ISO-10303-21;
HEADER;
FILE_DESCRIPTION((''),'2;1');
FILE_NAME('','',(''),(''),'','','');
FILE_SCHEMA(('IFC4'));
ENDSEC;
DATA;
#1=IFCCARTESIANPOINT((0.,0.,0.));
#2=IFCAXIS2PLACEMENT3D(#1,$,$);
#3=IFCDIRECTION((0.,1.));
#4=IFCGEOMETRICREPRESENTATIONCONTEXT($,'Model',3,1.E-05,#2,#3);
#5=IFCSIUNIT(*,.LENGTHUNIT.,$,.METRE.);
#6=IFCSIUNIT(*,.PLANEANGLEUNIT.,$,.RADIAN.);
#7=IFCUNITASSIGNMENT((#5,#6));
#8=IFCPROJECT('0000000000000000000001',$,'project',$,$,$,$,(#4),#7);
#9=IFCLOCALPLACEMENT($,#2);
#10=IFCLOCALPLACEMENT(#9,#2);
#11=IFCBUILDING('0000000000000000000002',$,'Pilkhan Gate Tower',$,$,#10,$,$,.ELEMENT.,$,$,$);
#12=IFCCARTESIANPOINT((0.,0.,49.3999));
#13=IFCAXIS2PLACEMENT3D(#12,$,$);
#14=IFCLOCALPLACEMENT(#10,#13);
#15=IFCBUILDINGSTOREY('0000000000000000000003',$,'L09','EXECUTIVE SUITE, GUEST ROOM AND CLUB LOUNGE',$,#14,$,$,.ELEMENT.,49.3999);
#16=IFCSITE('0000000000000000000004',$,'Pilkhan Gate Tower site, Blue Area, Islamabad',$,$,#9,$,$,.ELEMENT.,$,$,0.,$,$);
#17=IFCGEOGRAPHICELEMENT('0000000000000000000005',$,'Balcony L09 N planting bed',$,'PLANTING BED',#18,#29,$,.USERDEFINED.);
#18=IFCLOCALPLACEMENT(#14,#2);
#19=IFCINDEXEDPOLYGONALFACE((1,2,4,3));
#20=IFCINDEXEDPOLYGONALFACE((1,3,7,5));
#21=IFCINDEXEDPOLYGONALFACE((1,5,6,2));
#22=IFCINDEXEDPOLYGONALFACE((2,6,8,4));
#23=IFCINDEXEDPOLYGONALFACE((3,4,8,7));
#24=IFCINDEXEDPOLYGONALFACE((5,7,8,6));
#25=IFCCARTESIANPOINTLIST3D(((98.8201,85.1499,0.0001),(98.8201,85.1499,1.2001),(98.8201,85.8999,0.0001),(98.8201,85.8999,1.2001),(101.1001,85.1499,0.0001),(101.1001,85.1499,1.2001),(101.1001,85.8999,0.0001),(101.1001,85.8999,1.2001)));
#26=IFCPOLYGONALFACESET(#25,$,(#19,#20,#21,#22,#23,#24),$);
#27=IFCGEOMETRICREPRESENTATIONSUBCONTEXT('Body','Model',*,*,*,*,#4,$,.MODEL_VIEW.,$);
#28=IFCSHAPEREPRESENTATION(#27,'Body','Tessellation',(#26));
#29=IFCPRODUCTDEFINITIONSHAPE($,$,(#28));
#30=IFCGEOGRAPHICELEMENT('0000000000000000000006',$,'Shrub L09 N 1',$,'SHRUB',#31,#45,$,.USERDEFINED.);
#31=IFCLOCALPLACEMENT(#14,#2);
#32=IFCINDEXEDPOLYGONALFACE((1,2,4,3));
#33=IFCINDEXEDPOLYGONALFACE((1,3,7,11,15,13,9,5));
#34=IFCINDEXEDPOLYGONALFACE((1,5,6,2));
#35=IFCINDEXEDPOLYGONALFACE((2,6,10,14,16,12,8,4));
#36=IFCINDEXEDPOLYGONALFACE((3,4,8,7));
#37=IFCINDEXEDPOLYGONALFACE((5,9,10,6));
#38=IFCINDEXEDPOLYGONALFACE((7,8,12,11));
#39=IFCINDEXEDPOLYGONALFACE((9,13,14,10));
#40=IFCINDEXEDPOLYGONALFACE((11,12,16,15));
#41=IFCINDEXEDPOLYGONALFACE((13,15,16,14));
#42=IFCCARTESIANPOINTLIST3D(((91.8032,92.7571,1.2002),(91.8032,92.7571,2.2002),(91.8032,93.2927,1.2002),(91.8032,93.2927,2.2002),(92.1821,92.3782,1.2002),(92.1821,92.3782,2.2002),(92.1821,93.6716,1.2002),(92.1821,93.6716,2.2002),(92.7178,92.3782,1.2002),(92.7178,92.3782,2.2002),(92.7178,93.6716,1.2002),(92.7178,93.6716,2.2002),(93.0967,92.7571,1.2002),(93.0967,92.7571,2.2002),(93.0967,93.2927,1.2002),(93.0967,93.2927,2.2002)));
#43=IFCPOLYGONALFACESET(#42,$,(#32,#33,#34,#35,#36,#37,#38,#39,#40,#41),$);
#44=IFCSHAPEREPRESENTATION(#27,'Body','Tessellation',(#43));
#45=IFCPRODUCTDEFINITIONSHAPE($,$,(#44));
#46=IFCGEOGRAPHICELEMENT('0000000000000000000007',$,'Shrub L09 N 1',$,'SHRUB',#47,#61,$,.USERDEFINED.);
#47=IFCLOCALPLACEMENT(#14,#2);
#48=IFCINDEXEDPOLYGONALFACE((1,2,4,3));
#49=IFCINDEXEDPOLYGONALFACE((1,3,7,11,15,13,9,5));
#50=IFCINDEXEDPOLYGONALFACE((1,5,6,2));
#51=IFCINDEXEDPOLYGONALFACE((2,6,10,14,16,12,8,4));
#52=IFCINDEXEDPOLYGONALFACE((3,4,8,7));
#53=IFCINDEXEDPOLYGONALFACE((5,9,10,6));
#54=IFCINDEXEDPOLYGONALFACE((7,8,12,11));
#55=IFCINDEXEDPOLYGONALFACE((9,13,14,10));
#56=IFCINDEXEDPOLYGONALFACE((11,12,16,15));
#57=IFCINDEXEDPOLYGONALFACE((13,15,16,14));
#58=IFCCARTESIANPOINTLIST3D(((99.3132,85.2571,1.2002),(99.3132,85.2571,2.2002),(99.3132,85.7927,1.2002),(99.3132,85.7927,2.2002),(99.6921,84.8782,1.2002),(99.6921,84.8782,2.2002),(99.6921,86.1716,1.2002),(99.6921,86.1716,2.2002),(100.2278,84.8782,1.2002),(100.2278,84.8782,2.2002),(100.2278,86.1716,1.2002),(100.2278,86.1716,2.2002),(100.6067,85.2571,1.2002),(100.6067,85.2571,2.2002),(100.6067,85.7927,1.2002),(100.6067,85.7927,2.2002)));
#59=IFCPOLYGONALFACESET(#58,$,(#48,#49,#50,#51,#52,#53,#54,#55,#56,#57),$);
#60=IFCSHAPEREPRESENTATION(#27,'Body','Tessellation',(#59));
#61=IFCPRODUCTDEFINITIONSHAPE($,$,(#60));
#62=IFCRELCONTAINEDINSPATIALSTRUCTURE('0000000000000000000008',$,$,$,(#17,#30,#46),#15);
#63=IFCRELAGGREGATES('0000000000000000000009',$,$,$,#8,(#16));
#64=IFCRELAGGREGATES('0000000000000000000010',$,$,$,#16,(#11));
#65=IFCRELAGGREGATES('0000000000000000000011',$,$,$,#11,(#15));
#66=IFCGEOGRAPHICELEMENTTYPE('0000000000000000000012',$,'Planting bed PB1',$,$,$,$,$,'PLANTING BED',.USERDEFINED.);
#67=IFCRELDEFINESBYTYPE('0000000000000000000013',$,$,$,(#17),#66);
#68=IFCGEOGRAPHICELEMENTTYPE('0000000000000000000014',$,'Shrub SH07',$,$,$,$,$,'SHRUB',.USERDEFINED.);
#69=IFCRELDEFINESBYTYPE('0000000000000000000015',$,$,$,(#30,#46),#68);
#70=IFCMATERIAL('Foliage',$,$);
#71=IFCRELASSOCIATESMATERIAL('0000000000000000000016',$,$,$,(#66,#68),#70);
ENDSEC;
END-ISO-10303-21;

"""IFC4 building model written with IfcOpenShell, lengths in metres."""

from ifc_helpers import new_model, si_unit, direction, frame, origin, origin_2d, place, context, subcontext, project, spatial, polyline, rectangle, outline, extrude, material, material_profile, profile_set, type_object, element, save


model = new_model("IFC4")

# Units and contexts
model_context = context("Model", 3, precision=1e-05, world=origin(), true_north=direction((0.0, 1.0)))
body_context = subcontext(model_context, "Body", "Model", "MODEL_VIEW")
ifc_project = project(units=[si_unit("LENGTHUNIT", "METRE"), si_unit("PLANEANGLEUNIT", "RADIAN")], contexts=[model_context])

# Site, building, storey
site_placement = place(None, origin())
site = spatial("IfcSite", under=ifc_project, at=site_placement, Name="Pilkhan Gate Tower site, Blue Area, Islamabad", CompositionType="ELEMENT", RefElevation=0.0)
building_placement = place(site_placement, origin())
building = spatial("IfcBuilding", under=site, at=building_placement, Name="Pilkhan Gate Tower", CompositionType="ELEMENT")
storey_placement = place(building_placement, frame((0.0, 0.0, 49.3999)))
storey = spatial("IfcBuildingStorey", under=building, at=storey_placement, Name="L09", Description="EXECUTIVE SUITE, GUEST ROOM AND CLUB LOUNGE", CompositionType="ELEMENT", Elevation=49.3999)

# Geographic elements
ifc_material_1 = material(Name="Foliage")
ifc_material_profile_1 = material_profile(ifc_material_1, rectangle(XDim=0.75, YDim=1.2, at=origin_2d()), Name="Bed 750x1200")
ifc_profile_set_1 = profile_set([ifc_material_profile_1], Name="Foliage")
geographic_element_type_1 = type_object("IfcGeographicElementType", Name="Planting bed PB1", ElementType="PLANTING BED", PredefinedType="USERDEFINED", material=ifc_profile_set_1)
geographic_element_1_placement = place(storey_placement, frame((98.8201, 85.5249, 0.6001), z_axis=(1.0, 0.0, 0.0), x_axis=(0.0, 1.0, 0.0)))
element("IfcGeographicElement", 1, at=geographic_element_1_placement, inside=storey, type_object=geographic_element_type_1, Name="Balcony L09 N planting bed", ObjectType="PLANTING BED", PredefinedType="USERDEFINED", context=body_context, shape_type="SweptSolid", body=[
    extrude(rectangle(XDim=0.75, YDim=1.2, at=origin_2d()), origin(), (0.0, 0.0, 1.0), 2.28),
])
ifc_material_profile_2 = material_profile(ifc_material_1, outline(polyline([(0.6467, 0.2678), (0.2678, 0.6467), (-0.2678, 0.6467), (-0.6467, 0.2678), (-0.6467, -0.2678), (-0.2678, -0.6467), (0.2678, -0.6467), (0.6467, -0.2678), (0.6467, 0.2678)])), Name="Shrub D1.4")
ifc_profile_set_2 = profile_set([ifc_material_profile_2], Name="Foliage")
geographic_element_type_2 = type_object("IfcGeographicElementType", Name="Shrub SH07", ElementType="SHRUB", PredefinedType="USERDEFINED", material=ifc_profile_set_2)
for number, where, z_axis, x_axis, name in (
    (2, (92.45, 93.0249, 1.2002), (0.0, 0.0, 1.0), (1.0, 0.0, 0.0), "Shrub L09 N 1"),
    (3, (99.96, 85.5249, 1.2002), (0.0, 0.0, 1.0), (1.0, 0.0, 0.0), "Shrub L09 N 1"),
):
    element("IfcGeographicElement", number, at=place(storey_placement, frame(where, z_axis=z_axis, x_axis=x_axis)), inside=storey, type_object=geographic_element_type_2, Name=name, ObjectType="SHRUB", PredefinedType="USERDEFINED", context=body_context, shape_type="SweptSolid", body=[
        extrude(outline(polyline([(0.6467, 0.2678), (0.2678, 0.6467), (-0.2678, 0.6467), (-0.6467, 0.2678), (-0.6467, -0.2678), (-0.2678, -0.6467), (0.2678, -0.6467), (0.6467, -0.2678), (0.6467, 0.2678)])), origin(), (0.0, 0.0, 1.0), 1.0),
    ])

save(model, "model.ifc")
